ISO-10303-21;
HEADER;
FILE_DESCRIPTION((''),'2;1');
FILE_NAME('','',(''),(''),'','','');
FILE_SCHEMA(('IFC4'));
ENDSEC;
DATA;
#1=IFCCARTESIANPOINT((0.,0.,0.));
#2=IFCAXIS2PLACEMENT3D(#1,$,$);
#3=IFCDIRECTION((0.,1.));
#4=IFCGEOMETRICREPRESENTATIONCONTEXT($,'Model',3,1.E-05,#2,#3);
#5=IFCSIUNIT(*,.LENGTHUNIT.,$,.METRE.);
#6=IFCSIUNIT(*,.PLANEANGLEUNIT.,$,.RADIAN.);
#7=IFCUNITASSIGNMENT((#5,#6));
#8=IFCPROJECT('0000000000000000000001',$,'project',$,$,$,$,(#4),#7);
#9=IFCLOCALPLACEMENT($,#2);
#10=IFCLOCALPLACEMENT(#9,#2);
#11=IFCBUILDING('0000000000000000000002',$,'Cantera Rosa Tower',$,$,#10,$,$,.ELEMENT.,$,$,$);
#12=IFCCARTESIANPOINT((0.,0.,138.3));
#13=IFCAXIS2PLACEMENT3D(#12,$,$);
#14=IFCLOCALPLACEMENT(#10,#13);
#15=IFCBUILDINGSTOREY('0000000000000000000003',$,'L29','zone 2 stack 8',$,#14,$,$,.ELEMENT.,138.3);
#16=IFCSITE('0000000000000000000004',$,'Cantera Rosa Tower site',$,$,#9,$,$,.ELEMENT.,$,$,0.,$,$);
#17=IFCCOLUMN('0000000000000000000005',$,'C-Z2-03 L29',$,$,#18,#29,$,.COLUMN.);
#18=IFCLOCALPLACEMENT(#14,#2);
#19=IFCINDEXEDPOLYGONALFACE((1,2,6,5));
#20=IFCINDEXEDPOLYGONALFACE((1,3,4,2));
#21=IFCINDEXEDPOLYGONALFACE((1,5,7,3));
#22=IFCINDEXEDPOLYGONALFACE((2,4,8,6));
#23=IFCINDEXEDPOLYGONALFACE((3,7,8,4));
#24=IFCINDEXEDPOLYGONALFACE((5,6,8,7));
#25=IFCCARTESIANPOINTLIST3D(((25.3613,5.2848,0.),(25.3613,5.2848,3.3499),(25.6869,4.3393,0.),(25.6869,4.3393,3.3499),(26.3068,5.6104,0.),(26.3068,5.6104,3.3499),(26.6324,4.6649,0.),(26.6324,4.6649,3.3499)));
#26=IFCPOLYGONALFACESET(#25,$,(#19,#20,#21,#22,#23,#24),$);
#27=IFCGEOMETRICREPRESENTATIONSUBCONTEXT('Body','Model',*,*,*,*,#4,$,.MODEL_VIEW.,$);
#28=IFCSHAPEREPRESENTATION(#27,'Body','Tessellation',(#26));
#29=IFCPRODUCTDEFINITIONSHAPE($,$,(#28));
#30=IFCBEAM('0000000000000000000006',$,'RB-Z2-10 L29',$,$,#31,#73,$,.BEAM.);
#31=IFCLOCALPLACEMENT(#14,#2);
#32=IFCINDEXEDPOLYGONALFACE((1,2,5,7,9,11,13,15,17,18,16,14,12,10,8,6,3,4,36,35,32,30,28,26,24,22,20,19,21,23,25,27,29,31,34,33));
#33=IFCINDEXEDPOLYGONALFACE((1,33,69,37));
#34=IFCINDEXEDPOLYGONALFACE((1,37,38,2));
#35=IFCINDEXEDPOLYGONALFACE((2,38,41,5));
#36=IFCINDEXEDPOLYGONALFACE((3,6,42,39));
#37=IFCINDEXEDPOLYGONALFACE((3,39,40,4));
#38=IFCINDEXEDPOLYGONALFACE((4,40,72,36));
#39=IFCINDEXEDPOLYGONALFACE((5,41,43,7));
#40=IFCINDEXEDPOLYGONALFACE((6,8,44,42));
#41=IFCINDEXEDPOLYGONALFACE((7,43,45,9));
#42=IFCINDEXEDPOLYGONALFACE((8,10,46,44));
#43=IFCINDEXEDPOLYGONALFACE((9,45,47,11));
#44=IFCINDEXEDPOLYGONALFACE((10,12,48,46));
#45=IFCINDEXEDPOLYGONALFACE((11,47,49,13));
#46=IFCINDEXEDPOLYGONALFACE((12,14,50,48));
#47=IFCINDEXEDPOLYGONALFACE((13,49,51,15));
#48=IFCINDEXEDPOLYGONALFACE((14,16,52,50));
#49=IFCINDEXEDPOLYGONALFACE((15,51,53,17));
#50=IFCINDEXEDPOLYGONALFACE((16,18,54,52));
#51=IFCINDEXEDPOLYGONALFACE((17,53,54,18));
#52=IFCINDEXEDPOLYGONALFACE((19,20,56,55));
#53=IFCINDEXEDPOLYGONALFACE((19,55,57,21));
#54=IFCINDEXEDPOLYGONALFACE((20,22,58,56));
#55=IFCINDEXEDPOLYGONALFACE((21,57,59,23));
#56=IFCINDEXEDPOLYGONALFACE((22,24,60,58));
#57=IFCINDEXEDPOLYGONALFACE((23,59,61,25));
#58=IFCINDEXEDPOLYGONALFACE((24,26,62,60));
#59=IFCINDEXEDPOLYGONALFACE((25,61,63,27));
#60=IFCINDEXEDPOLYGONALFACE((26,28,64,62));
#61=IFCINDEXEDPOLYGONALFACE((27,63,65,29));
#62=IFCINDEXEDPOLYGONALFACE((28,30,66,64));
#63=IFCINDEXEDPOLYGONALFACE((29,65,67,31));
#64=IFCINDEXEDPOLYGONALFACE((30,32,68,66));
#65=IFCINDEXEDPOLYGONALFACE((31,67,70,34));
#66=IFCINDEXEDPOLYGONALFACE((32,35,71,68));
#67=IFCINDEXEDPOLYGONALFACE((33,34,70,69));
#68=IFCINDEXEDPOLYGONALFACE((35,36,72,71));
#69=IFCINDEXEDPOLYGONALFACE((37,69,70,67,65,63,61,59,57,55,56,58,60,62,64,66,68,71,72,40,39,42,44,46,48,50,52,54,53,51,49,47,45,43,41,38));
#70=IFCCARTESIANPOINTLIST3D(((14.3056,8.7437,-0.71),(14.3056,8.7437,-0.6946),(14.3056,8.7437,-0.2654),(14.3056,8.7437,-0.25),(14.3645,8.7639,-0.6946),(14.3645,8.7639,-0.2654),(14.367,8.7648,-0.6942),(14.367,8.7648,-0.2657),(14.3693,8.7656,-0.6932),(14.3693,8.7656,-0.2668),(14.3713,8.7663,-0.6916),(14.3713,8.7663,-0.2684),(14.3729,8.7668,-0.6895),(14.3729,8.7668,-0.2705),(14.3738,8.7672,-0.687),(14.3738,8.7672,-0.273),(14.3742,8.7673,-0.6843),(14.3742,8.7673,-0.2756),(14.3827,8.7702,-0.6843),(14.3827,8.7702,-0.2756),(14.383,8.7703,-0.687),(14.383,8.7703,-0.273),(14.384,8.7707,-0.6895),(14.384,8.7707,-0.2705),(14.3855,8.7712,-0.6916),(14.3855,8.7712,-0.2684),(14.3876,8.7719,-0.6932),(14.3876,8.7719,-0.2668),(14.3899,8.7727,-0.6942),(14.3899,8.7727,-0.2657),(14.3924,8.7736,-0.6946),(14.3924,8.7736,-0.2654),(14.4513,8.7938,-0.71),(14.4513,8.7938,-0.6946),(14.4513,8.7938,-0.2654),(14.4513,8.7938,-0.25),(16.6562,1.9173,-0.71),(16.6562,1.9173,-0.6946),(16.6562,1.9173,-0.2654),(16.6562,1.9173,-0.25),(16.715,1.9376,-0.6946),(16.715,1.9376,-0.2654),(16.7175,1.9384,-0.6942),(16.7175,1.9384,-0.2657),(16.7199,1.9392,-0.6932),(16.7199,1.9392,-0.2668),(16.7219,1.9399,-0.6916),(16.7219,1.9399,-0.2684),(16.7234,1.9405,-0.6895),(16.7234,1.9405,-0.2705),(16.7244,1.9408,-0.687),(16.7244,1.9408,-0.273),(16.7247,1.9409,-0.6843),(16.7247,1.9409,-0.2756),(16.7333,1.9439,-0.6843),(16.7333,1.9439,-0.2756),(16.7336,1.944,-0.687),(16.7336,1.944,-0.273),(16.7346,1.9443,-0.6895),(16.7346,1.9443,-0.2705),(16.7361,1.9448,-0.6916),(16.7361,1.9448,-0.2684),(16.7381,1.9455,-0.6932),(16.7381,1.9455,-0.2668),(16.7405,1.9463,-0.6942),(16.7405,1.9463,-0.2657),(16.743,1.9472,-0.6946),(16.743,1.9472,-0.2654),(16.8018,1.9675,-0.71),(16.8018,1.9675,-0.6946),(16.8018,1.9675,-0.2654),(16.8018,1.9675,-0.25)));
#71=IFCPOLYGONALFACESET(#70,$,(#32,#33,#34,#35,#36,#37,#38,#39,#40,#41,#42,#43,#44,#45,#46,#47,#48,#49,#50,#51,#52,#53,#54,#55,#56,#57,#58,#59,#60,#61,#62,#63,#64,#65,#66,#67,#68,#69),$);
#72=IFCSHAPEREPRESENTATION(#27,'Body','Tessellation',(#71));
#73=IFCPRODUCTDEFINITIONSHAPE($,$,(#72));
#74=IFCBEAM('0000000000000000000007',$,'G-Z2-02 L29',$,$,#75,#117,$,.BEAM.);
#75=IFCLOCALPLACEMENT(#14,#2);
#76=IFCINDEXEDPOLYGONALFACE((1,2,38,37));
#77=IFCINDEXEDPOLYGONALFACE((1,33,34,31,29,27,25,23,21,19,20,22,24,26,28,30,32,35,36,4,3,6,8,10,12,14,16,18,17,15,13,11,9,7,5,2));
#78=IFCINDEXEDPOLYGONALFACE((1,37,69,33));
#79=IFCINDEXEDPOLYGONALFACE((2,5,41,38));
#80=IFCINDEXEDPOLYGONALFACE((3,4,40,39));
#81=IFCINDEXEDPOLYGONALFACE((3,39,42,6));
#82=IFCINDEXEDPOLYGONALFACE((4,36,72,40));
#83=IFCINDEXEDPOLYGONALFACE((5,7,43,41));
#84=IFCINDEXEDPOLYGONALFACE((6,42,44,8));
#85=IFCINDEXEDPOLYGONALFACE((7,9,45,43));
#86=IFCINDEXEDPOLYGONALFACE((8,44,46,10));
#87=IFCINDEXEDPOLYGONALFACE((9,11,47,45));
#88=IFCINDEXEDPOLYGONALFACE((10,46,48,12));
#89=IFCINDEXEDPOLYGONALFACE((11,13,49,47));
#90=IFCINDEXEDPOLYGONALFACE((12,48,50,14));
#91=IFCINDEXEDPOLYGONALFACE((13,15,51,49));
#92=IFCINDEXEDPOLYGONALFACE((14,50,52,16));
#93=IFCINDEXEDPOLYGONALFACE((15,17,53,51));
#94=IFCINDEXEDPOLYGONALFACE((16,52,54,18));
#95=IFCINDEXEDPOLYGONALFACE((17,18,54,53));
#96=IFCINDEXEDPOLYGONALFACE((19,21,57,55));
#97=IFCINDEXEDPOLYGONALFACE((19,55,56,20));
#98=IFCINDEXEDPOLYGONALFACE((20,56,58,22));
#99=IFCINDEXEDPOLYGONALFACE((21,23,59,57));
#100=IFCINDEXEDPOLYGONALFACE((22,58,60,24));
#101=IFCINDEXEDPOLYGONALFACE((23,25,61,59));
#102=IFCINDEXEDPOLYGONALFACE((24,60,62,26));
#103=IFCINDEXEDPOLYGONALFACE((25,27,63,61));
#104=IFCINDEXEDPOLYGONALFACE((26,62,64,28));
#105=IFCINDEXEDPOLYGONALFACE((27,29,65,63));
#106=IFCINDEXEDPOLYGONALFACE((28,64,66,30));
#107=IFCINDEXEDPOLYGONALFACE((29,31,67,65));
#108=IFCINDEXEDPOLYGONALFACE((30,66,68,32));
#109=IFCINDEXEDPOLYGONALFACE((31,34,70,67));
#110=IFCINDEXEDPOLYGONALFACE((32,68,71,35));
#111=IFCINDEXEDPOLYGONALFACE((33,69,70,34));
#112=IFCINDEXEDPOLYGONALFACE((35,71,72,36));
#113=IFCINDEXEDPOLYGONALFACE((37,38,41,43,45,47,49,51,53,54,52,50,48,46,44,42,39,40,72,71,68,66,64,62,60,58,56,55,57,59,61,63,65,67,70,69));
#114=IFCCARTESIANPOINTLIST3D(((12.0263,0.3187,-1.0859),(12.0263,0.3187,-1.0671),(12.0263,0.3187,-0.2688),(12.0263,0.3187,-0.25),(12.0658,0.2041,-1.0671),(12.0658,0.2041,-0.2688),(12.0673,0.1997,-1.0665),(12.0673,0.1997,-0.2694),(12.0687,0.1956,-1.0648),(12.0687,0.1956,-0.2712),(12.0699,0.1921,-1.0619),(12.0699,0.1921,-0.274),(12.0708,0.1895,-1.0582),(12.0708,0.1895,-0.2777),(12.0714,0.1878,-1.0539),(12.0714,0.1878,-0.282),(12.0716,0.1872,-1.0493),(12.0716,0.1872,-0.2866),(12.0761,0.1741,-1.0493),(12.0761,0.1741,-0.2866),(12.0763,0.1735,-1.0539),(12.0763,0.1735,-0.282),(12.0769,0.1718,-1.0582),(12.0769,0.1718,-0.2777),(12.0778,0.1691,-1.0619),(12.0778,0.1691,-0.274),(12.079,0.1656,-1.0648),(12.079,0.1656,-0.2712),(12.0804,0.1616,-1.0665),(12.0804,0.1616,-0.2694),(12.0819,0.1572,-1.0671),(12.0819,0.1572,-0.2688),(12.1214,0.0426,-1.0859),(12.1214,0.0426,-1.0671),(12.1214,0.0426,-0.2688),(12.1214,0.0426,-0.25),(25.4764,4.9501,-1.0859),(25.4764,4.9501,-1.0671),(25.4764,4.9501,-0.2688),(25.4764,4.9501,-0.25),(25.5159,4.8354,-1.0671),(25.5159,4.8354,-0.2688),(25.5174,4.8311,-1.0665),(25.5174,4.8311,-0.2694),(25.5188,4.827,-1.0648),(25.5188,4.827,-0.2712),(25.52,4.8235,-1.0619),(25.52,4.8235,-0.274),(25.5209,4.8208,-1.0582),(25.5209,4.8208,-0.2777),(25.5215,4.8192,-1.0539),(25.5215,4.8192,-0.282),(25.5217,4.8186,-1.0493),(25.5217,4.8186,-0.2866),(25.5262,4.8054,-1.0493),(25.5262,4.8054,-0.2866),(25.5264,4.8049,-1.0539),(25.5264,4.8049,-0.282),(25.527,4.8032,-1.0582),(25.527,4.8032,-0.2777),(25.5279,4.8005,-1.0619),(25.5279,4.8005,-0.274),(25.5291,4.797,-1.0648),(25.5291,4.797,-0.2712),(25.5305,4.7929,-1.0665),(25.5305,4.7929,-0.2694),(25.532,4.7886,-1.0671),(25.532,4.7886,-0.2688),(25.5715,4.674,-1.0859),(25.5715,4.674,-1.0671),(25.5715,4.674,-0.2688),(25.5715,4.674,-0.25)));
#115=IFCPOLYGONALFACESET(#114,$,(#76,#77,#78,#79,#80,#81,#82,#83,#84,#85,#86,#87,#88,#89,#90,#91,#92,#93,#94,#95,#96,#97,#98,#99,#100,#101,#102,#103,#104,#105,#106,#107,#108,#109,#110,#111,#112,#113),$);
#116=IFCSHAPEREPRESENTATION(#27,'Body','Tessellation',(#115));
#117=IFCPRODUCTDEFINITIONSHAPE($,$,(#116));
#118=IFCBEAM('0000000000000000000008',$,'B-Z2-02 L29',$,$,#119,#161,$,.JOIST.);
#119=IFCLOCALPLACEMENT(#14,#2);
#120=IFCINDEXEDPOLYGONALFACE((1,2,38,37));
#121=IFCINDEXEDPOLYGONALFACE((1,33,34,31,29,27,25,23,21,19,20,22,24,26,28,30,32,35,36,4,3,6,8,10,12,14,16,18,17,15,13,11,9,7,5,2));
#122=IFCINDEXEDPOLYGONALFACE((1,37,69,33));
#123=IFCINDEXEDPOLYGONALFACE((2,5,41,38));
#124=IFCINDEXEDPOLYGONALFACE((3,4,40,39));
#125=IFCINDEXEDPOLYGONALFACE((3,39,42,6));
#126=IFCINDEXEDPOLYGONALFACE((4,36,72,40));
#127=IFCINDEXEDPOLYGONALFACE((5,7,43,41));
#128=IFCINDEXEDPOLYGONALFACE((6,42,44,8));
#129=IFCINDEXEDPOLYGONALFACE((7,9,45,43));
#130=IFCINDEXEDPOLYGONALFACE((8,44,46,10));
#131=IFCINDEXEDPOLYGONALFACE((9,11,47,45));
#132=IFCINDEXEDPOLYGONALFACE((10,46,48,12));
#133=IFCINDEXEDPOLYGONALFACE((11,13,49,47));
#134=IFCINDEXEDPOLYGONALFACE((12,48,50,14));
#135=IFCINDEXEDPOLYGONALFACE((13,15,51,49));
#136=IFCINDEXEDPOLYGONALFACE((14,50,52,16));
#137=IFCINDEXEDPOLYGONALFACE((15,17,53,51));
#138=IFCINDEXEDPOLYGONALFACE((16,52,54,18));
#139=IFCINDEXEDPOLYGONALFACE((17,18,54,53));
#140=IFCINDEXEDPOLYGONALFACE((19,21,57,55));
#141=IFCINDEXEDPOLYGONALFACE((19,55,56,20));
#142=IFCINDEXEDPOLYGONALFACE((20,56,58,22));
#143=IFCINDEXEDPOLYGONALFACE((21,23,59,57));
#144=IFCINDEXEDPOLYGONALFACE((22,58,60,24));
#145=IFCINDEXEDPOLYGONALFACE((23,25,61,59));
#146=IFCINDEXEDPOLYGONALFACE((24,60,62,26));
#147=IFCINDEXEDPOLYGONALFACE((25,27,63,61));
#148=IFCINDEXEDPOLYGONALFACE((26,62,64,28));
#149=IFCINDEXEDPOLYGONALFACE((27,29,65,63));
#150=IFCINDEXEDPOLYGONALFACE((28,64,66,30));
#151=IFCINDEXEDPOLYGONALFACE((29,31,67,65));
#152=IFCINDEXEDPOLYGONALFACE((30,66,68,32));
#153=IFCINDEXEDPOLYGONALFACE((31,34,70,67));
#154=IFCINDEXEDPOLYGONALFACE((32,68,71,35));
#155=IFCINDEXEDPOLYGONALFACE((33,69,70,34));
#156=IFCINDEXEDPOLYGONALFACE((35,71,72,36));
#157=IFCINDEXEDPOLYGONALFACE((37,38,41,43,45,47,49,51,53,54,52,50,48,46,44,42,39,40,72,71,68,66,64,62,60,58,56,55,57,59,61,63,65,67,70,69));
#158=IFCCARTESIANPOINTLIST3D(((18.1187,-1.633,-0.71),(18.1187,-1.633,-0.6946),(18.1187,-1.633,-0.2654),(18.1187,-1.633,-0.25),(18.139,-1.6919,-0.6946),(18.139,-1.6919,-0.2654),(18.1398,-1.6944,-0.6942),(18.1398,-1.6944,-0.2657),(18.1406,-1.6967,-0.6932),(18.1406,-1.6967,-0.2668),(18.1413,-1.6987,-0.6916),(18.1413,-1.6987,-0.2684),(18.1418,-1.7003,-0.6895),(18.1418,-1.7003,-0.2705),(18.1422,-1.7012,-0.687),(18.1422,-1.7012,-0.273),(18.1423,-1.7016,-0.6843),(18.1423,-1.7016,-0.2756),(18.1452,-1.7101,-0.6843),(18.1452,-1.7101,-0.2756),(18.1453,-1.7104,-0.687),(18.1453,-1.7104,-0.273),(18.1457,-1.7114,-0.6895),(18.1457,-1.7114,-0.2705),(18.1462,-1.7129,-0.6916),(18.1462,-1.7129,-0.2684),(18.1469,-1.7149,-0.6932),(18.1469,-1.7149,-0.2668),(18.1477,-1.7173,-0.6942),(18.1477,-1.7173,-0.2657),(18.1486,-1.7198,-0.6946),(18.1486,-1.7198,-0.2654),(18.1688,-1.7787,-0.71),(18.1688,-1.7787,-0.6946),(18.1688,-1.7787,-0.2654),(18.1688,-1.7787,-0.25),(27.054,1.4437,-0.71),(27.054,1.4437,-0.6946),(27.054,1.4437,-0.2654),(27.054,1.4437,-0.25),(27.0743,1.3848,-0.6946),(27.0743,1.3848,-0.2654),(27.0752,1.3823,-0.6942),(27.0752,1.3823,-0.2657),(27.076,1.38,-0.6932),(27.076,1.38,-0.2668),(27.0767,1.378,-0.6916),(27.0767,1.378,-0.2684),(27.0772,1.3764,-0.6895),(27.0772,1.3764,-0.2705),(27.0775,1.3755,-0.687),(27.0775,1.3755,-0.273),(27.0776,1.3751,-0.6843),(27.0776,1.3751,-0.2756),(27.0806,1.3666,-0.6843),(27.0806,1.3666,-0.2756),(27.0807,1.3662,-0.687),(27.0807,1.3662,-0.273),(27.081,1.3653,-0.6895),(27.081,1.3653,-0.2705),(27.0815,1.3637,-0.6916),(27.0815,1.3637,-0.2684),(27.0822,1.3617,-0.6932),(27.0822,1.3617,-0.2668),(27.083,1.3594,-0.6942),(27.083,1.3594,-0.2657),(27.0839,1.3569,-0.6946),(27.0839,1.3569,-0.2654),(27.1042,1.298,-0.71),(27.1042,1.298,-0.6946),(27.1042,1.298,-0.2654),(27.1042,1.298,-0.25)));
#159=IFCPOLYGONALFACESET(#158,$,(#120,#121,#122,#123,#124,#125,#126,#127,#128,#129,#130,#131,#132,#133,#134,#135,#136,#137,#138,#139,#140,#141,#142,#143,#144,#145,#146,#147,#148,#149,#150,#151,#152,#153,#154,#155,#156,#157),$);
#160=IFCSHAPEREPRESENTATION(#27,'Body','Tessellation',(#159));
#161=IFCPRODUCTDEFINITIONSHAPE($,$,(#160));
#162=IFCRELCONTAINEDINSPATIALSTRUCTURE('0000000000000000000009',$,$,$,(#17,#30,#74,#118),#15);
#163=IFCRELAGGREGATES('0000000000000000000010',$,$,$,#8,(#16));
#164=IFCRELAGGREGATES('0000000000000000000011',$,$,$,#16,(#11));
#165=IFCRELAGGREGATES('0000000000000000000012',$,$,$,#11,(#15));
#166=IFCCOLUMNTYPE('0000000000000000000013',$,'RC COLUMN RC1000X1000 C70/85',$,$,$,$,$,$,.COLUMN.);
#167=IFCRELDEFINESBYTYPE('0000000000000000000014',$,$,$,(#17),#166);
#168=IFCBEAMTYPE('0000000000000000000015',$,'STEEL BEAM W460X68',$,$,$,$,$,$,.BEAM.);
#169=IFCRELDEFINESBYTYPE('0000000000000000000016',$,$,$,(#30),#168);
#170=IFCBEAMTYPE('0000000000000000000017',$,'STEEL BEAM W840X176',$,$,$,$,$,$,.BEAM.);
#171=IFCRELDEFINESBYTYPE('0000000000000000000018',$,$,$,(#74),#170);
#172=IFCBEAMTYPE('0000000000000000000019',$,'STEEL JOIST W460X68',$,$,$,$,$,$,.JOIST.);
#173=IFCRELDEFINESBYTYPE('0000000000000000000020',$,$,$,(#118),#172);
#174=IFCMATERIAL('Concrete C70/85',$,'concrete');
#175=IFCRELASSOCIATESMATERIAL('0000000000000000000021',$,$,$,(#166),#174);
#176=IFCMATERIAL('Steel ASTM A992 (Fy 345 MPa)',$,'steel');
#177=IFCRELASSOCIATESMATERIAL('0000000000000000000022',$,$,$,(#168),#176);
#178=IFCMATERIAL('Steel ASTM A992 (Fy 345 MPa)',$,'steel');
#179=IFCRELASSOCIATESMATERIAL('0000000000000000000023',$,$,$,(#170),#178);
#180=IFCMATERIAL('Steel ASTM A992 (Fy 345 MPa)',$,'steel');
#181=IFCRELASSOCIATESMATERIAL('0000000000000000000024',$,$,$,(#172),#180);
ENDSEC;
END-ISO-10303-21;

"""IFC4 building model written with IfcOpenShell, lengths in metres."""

from ifc_helpers import new_model, si_unit, direction, frame, origin, origin_2d, place, context, subcontext, project, spatial, rectangle, i_section, extrude, material, material_profile, profile_set, type_object, element, save


model = new_model("IFC4")

# Units and contexts
model_context = context("Model", 3, precision=1e-05, world=origin(), true_north=direction((0.0, 1.0)))
body_context = subcontext(model_context, "Body", "Model", "MODEL_VIEW")
ifc_project = project(units=[si_unit("LENGTHUNIT", "METRE"), si_unit("PLANEANGLEUNIT", "RADIAN")], contexts=[model_context])

# Site, building, storey
site_placement = place(None, origin())
site = spatial("IfcSite", under=ifc_project, at=site_placement, Name="Cantera Rosa Tower site", CompositionType="ELEMENT", RefElevation=0.0)
building_placement = place(site_placement, origin())
building = spatial("IfcBuilding", under=site, at=building_placement, Name="Cantera Rosa Tower", CompositionType="ELEMENT")
storey_placement = place(building_placement, frame((0.0, 0.0, 138.3)))
storey = spatial("IfcBuildingStorey", under=building, at=storey_placement, Name="L29", Description="zone 2 stack 8", CompositionType="ELEMENT", Elevation=138.3)

# Column
ifc_material_1 = material(Name="Concrete C70/85", Category="concrete")
ifc_material_profile_1 = material_profile(ifc_material_1, rectangle(XDim=1.0, YDim=1.0, at=origin_2d()), Name="RC COLUMN RC1000X1000 C70/85")
ifc_profile_set_1 = profile_set([ifc_material_profile_1], Name="Concrete C70/85")
column_type = type_object("IfcColumnType", Name="RC COLUMN RC1000X1000 C70/85", PredefinedType="COLUMN", material=ifc_profile_set_1)
column_placement = place(storey_placement, frame((25.9968, 4.9749, 0.0), z_axis=(0.0, 0.0, 1.0), x_axis=(0.945519, 0.325568, 0.0)))
element("IfcColumn", 1, at=column_placement, inside=storey, type_object=column_type, Name="C-Z2-03 L29", PredefinedType="COLUMN", context=body_context, shape_type="SweptSolid", body=[
    extrude(rectangle(XDim=1.0, YDim=1.0, at=origin_2d()), origin(), (0.0, 0.0, 1.0), 3.3499),
])

# Beams
ifc_material_2 = material(Name="Steel ASTM A992 (Fy 345 MPa)", Category="steel")
ifc_material_profile_2 = material_profile(ifc_material_2, i_section(OverallWidth=0.1541, OverallDepth=0.46, WebThickness=0.009, FlangeThickness=0.0154, FilletRadius=0.0103, at=origin_2d()), Name="W460X68")
ifc_profile_set_2 = profile_set([ifc_material_profile_2], Name="Steel ASTM A992 (Fy 345 MPa)")
beam_type_1 = type_object("IfcBeamType", Name="STEEL BEAM W460X68", PredefinedType="BEAM", material=ifc_profile_set_2)
beam_1_placement = place(storey_placement, frame((16.729, 1.9424, -0.48), z_axis=(-0.325576, 0.945516, 0.0), x_axis=(-0.945516, -0.325576, 0.0)))
element("IfcBeam", 2, at=beam_1_placement, inside=storey, type_object=beam_type_1, Name="RB-Z2-10 L29", PredefinedType="BEAM", context=body_context, shape_type="SweptSolid", body=[
    extrude(i_section(OverallWidth=0.1541, OverallDepth=0.46, WebThickness=0.009, FlangeThickness=0.0154, FilletRadius=0.0103, at=origin_2d()), origin(), (0.0, 0.0, 1.0), 7.2197),
])
ifc_material_3 = material(Name="Steel ASTM A992 (Fy 345 MPa)", Category="steel")
ifc_material_profile_3 = material_profile(ifc_material_3, i_section(OverallWidth=0.292, OverallDepth=0.8359, WebThickness=0.0139, FlangeThickness=0.0188, FilletRadius=0.0178, at=origin_2d()), Name="W840X176")
ifc_profile_set_3 = profile_set([ifc_material_profile_3], Name="Steel ASTM A992 (Fy 345 MPa)")
beam_type_2 = type_object("IfcBeamType", Name="STEEL BEAM W840X176", PredefinedType="BEAM", material=ifc_profile_set_3)
beam_2_placement = place(storey_placement, frame((25.5239, 4.812, -0.668), z_axis=(-0.945515, -0.325578, 0.0), x_axis=(0.325578, -0.945515, 0.0)))
element("IfcBeam", 3, at=beam_2_placement, inside=storey, type_object=beam_type_2, Name="G-Z2-02 L29", PredefinedType="BEAM", context=body_context, shape_type="SweptSolid", body=[
    extrude(i_section(OverallWidth=0.292, OverallDepth=0.8359, WebThickness=0.0139, FlangeThickness=0.0188, FilletRadius=0.0178, at=origin_2d()), origin(), (0.0, 0.0, 1.0), 14.2251),
])
ifc_material_4 = material(Name="Steel ASTM A992 (Fy 345 MPa)", Category="steel")
ifc_material_profile_4 = material_profile(ifc_material_4, i_section(OverallWidth=0.1541, OverallDepth=0.46, WebThickness=0.009, FlangeThickness=0.0154, FilletRadius=0.0103, at=origin_2d()), Name="W460X68")
ifc_profile_set_4 = profile_set([ifc_material_profile_4], Name="Steel ASTM A992 (Fy 345 MPa)")
beam_type_3 = type_object("IfcBeamType", Name="STEEL JOIST W460X68", PredefinedType="JOIST", material=ifc_profile_set_4)
for number, where, z_axis, x_axis, name in (
    (4, (27.0791, 1.3708, -0.48), (-0.945519, -0.325567, 0.0), (0.325567, -0.945519, 0.0), "B-Z2-02 L29"),
):
    element("IfcBeam", number, at=place(storey_placement, frame(where, z_axis=z_axis, x_axis=x_axis)), inside=storey, type_object=beam_type_3, Name=name, PredefinedType="JOIST", context=body_context, shape_type="SweptSolid", body=[
        extrude(i_section(OverallWidth=0.1541, OverallDepth=0.46, WebThickness=0.009, FlangeThickness=0.0154, FilletRadius=0.0103, at=origin_2d()), origin(), (0.0, 0.0, 1.0), 9.4502),
    ])

save(model, "model.ifc")
